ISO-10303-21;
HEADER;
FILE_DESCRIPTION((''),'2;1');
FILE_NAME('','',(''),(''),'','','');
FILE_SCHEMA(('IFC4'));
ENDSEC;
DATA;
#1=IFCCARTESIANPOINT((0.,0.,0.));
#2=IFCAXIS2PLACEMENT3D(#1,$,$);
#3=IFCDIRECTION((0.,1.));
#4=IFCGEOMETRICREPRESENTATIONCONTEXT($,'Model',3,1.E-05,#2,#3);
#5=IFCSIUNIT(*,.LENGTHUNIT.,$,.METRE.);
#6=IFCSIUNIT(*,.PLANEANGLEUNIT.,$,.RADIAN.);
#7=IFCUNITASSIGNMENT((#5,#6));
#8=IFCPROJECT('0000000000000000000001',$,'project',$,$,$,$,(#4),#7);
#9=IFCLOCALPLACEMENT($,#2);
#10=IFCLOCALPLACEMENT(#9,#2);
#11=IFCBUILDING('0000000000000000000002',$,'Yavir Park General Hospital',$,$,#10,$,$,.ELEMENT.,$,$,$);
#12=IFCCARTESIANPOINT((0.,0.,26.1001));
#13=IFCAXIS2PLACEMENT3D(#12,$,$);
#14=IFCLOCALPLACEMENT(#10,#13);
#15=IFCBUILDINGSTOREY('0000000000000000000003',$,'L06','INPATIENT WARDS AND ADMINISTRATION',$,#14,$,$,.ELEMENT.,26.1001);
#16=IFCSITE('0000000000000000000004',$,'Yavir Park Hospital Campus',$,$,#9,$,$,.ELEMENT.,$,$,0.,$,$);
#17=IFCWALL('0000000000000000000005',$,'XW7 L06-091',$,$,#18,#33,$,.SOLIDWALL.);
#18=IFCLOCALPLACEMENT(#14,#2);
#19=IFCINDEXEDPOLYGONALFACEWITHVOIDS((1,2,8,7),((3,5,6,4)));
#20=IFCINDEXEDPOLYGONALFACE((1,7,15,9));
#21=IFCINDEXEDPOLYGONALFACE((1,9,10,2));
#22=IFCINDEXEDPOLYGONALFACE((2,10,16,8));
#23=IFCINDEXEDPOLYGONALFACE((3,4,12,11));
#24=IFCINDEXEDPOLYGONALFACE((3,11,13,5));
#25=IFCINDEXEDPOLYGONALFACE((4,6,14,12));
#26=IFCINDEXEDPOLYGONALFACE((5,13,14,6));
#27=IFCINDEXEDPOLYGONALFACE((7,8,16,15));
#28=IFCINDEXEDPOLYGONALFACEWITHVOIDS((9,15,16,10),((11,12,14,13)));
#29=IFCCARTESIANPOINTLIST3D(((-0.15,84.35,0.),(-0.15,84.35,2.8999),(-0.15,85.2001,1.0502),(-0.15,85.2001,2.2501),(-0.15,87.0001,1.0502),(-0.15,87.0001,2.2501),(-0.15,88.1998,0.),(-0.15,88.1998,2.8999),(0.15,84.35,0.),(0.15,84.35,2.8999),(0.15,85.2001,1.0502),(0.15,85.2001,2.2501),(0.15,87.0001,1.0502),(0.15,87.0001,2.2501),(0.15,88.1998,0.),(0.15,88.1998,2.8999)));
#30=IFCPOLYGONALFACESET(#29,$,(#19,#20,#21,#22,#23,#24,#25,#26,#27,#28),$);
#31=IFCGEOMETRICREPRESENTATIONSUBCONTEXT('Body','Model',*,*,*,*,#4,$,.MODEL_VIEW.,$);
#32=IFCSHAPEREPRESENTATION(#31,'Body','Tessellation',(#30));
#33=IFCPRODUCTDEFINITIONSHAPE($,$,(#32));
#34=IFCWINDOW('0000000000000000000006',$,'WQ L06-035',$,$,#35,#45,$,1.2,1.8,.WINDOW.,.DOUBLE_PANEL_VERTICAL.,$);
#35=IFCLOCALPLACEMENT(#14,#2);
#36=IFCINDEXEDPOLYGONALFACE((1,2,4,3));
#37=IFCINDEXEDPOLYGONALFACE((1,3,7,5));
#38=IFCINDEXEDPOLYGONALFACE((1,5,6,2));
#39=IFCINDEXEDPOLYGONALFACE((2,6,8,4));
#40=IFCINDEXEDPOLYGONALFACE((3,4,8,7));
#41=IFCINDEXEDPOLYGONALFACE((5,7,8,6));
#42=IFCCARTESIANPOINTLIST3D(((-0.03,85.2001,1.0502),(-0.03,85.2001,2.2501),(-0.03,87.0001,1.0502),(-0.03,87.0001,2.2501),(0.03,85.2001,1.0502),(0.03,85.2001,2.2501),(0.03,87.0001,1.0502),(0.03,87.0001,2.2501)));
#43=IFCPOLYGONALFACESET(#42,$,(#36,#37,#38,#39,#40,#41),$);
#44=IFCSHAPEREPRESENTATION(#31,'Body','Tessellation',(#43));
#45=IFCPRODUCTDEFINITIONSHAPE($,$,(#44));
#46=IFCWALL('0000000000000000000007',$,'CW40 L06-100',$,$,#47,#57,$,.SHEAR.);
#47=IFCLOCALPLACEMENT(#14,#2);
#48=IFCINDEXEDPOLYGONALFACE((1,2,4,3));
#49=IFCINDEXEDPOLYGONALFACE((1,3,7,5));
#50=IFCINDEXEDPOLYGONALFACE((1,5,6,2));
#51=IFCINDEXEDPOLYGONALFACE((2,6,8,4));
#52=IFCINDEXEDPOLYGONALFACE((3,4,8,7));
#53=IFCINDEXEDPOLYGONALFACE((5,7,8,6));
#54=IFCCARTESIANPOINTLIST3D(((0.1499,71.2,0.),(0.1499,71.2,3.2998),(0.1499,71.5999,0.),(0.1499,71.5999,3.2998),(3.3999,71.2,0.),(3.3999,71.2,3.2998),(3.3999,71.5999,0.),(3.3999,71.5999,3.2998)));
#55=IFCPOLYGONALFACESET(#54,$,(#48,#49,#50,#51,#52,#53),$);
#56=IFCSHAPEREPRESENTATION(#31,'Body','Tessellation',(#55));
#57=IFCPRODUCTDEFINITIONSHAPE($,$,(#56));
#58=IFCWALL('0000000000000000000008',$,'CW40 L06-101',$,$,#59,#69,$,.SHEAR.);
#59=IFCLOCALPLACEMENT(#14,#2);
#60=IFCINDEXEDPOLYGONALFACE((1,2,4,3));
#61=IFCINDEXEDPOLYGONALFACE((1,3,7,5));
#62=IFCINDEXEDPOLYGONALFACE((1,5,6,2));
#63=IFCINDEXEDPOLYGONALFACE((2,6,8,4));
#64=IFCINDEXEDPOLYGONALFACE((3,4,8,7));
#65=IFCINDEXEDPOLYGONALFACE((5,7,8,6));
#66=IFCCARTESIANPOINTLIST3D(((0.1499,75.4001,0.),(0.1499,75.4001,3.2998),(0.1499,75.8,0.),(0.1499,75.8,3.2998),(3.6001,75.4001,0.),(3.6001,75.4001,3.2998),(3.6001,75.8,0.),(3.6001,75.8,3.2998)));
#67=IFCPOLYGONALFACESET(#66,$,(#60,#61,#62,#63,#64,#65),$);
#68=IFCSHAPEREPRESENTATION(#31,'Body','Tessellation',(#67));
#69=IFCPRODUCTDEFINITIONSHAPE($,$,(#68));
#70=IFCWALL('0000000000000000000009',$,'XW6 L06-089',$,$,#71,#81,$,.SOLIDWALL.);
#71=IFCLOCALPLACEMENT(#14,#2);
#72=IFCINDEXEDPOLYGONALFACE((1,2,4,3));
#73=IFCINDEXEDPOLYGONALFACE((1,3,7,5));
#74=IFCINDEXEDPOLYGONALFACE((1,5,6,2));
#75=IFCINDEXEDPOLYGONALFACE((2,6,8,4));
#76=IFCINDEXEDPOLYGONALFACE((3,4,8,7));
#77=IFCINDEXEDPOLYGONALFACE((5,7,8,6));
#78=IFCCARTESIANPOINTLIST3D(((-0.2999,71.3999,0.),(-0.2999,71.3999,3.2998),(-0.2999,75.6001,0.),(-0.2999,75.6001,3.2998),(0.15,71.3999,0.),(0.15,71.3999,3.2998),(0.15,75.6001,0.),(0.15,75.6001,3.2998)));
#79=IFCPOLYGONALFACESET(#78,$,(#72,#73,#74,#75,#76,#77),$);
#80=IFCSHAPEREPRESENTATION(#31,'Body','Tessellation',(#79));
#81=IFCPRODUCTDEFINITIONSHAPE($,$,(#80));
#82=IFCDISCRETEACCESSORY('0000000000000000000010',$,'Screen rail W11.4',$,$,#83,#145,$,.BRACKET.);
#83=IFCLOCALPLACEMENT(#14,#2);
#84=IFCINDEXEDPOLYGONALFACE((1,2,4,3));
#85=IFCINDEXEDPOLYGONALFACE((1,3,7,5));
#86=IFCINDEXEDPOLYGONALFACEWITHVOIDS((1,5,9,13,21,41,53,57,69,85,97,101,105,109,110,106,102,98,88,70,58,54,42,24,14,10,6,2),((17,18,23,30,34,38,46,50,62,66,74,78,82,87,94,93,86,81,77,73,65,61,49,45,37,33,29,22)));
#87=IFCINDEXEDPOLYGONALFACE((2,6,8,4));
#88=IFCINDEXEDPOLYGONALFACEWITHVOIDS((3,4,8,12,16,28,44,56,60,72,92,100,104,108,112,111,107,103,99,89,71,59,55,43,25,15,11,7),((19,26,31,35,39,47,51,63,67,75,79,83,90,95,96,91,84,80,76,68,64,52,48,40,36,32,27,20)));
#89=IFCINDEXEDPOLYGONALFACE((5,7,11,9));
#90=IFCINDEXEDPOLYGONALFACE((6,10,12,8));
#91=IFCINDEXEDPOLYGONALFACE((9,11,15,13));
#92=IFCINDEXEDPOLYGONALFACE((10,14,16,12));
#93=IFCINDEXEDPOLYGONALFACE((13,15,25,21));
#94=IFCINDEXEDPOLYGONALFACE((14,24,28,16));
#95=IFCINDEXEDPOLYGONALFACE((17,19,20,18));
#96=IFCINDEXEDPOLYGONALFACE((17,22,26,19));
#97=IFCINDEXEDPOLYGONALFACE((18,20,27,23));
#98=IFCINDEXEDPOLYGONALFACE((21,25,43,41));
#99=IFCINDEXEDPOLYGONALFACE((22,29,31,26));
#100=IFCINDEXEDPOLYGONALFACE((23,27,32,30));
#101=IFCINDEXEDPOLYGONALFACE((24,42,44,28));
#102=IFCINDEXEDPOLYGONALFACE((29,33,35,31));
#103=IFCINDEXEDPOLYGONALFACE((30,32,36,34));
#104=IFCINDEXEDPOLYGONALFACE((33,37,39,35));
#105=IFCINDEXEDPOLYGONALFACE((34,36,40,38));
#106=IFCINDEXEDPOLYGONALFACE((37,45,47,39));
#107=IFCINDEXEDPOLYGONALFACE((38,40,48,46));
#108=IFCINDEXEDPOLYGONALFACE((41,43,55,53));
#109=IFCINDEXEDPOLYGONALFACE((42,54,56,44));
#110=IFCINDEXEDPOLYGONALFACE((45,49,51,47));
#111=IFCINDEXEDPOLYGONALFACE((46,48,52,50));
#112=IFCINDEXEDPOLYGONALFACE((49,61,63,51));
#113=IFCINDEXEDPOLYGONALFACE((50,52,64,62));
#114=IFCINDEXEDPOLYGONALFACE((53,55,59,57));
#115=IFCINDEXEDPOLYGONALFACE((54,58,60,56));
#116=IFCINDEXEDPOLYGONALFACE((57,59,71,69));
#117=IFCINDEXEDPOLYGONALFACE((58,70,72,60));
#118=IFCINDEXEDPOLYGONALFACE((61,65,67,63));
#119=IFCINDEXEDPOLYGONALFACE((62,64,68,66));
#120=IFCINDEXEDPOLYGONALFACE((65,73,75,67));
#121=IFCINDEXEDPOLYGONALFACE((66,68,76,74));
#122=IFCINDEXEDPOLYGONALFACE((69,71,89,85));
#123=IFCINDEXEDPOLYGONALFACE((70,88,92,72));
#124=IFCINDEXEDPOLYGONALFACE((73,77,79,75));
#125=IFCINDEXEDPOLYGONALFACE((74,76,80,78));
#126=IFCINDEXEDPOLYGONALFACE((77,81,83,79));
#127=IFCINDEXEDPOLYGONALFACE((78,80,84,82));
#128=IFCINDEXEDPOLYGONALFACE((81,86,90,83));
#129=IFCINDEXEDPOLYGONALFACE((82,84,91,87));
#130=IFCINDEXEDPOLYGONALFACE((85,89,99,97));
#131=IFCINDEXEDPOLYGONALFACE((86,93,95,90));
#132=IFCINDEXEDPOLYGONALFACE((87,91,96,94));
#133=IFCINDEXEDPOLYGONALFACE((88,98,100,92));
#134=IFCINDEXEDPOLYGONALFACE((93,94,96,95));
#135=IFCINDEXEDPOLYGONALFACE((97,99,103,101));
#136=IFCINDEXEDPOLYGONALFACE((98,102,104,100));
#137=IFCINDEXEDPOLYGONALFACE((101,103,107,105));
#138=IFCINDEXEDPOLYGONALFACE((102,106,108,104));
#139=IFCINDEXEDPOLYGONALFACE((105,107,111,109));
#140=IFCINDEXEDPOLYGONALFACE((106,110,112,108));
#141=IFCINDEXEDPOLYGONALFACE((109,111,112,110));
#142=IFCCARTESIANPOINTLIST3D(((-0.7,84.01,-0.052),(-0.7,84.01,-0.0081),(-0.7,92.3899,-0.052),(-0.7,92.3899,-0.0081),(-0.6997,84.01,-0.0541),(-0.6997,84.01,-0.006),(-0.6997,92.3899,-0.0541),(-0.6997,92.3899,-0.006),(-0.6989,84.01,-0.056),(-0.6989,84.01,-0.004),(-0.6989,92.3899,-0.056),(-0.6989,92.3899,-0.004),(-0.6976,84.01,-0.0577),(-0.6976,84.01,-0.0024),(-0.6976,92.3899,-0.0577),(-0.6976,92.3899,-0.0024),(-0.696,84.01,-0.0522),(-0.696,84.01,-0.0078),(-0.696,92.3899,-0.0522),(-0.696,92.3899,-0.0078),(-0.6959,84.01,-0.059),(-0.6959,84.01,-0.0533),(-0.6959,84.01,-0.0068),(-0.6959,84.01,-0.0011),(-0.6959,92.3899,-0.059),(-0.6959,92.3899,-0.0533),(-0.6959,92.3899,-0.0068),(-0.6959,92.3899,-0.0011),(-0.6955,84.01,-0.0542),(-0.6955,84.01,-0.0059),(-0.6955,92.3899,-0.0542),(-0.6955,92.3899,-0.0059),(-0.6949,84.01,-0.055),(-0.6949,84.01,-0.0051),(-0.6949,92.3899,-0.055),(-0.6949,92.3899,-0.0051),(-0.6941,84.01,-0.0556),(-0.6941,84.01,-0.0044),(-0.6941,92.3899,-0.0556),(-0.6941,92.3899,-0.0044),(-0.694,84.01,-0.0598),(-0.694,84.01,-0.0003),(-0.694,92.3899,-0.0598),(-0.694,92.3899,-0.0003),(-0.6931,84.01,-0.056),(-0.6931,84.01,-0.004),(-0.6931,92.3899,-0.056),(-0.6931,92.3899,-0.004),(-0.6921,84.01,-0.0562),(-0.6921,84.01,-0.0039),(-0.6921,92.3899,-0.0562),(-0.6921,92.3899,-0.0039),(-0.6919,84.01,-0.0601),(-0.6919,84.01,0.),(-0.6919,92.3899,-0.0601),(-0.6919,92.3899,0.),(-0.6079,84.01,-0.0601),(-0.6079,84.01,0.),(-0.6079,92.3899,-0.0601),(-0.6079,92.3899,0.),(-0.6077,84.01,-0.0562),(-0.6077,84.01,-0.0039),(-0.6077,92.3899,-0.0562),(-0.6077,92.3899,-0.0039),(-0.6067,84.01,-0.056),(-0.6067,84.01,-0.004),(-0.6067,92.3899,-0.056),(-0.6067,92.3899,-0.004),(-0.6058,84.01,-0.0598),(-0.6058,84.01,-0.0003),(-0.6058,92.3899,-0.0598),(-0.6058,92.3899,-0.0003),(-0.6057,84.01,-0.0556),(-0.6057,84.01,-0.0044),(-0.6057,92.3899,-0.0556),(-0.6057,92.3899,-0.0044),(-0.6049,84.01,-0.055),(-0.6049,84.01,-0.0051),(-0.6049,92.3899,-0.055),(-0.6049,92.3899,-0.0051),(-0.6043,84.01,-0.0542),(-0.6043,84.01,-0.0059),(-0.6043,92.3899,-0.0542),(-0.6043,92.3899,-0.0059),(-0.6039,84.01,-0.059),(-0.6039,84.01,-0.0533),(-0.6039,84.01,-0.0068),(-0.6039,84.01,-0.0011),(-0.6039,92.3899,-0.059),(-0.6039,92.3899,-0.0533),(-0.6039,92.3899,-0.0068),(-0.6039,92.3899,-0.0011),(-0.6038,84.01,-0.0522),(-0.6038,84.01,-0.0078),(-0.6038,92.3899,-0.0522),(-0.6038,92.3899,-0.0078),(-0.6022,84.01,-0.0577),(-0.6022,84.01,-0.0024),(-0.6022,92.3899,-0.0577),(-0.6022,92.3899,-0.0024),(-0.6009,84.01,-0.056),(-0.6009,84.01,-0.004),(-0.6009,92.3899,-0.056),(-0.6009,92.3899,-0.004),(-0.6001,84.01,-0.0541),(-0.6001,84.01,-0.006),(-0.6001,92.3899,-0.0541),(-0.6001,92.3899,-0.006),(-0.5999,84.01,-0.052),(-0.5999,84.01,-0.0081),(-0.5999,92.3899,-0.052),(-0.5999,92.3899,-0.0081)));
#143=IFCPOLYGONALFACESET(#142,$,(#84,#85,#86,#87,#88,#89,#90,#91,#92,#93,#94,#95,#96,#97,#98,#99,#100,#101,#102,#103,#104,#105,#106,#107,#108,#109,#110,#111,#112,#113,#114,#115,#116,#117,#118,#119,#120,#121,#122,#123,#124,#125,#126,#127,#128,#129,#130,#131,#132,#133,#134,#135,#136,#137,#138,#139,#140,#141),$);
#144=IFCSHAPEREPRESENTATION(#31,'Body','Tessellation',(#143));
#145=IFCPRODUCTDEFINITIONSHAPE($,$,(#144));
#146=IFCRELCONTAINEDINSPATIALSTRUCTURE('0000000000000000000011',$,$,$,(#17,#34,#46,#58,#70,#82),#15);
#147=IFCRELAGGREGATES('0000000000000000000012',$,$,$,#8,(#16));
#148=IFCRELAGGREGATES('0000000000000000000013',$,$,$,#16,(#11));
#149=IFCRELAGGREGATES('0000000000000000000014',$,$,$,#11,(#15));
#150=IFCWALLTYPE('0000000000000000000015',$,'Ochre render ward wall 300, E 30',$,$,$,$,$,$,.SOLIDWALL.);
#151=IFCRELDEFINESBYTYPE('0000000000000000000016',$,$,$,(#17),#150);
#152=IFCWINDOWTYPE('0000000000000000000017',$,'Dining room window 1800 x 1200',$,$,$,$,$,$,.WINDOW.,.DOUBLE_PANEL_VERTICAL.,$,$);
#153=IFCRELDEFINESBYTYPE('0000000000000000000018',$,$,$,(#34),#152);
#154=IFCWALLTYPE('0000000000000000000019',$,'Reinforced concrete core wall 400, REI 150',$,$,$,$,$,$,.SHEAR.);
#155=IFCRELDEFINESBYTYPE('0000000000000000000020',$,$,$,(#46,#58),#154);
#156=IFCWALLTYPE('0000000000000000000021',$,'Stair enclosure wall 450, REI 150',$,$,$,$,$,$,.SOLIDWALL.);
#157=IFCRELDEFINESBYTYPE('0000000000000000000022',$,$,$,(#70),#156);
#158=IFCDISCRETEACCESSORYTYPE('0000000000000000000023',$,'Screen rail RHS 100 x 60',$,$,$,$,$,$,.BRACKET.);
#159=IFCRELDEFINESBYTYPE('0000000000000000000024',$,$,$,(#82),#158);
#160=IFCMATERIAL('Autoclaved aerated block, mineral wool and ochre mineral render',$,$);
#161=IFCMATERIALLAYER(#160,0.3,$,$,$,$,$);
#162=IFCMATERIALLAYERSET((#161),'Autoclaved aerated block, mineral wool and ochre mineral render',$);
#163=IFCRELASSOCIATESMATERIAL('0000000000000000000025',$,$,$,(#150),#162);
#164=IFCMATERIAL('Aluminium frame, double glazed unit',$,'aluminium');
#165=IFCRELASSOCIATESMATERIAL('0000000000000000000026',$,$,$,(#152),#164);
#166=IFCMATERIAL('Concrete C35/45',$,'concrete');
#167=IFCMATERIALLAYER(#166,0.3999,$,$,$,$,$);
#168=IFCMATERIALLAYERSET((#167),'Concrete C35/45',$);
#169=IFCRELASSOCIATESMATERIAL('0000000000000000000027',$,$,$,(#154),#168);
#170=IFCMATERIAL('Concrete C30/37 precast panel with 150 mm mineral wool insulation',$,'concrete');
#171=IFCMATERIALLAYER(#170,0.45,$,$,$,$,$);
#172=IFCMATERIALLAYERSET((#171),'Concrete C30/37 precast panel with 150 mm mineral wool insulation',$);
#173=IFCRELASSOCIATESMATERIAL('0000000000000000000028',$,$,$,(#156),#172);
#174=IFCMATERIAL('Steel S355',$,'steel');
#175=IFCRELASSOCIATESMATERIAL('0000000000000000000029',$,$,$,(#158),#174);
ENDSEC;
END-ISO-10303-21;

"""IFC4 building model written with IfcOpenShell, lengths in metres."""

from ifc_helpers import new_model, si_unit, direction, frame, frame_2d, origin, origin_2d, place, context, subcontext, project, spatial, rectangle, hollow_rectangle, extrude, material, layer, layer_set, material_profile, profile_set, type_object, element, fill, save


model = new_model("IFC4")

# Units and contexts
model_context = context("Model", 3, precision=1e-05, world=origin(), true_north=direction((0.0, 1.0)))
body_context = subcontext(model_context, "Body", "Model", "MODEL_VIEW")
ifc_project = project(units=[si_unit("LENGTHUNIT", "METRE"), si_unit("PLANEANGLEUNIT", "RADIAN")], contexts=[model_context])

# Site, building, storey
site_placement = place(None, origin())
site = spatial("IfcSite", under=ifc_project, at=site_placement, Name="Yavir Park Hospital Campus", CompositionType="ELEMENT", RefElevation=0.0)
building_placement = place(site_placement, origin())
building = spatial("IfcBuilding", under=site, at=building_placement, Name="Yavir Park General Hospital", CompositionType="ELEMENT")
storey_placement = place(building_placement, frame((0.0, 0.0, 26.1001)))
storey = spatial("IfcBuildingStorey", under=building, at=storey_placement, Name="L06", Description="INPATIENT WARDS AND ADMINISTRATION", CompositionType="ELEMENT", Elevation=26.1001)

# Shared definitions
ifc_material_1 = material(Name="Autoclaved aerated block, mineral wool and ochre mineral render")
ifc_layer_1 = layer(ifc_material_1, 0.3)
ifc_layer_set_1 = layer_set([ifc_layer_1], Name="Autoclaved aerated block, mineral wool and ochre mineral render")
wall_type_1 = type_object("IfcWallType", Name="Ochre render ward wall 300, E 30", PredefinedType="SOLIDWALL", material=ifc_layer_set_1)

# Wall, opening, window
wall_1_placement = place(storey_placement, frame((0.0, 84.3501, 0.0), z_axis=(0.0, 0.0, 1.0), x_axis=(0.0, 1.0, 0.0)))
wall_1 = element("IfcWall", 1, at=wall_1_placement, inside=storey, type_object=wall_type_1, Name="XW7 L06-091", PredefinedType="SOLIDWALL", context=body_context, shape_type="SweptSolid", body=[
    extrude(rectangle(XDim=3.8499, YDim=0.3, at=frame_2d((1.9248, 0.0))), origin(), (0.0, 0.0, 1.0), 2.8999),
])
opening_1_placement = place(wall_1_placement, frame((0.8501, 0.0, 1.05)))
opening_1 = element("IfcOpeningElement", 2, at=opening_1_placement, cuts=wall_1, PredefinedType="OPENING", context=body_context, shape_type="SweptSolid", body=[
    extrude(rectangle(XDim=1.8, YDim=1.2, at=frame_2d((0.8999, 0.6001))), frame((0.0, 0.1599, 0.0), z_axis=(0.0, -1.0, 0.0), x_axis=(1.0, 0.0, 0.0)), (0.0, 0.0, 1.0), 0.3201),
])
ifc_material_2 = material(Name="Aluminium frame, double glazed unit", Category="aluminium")
window_type_1 = type_object("IfcWindowType", Name="Dining room window 1800 x 1200", PartitioningType="DOUBLE_PANEL_VERTICAL", PredefinedType="WINDOW", material=ifc_material_2)
window_1_placement = place(opening_1_placement, origin())
window_1 = element("IfcWindow", 3, at=window_1_placement, inside=storey, type_object=window_type_1, Name="WQ L06-035", OverallHeight=1.2, OverallWidth=1.8, PartitioningType="DOUBLE_PANEL_VERTICAL", PredefinedType="WINDOW", context=body_context, shape_type="SweptSolid", body=[
    extrude(rectangle(XDim=1.8, YDim=1.2, at=frame_2d((0.8999, 0.6001))), frame((0.0, 0.03, 0.0), z_axis=(0.0, -1.0, 0.0), x_axis=(1.0, 0.0, 0.0)), (0.0, 0.0, 1.0), 0.0601),
])
fill(opening_1, window_1)

# Walls
ifc_material_3 = material(Name="Concrete C35/45", Category="concrete")
ifc_layer_2 = layer(ifc_material_3, 0.3999)
ifc_layer_set_2 = layer_set([ifc_layer_2], Name="Concrete C35/45")
wall_type_2 = type_object("IfcWallType", Name="Reinforced concrete core wall 400, REI 150", PredefinedType="SHEAR", material=ifc_layer_set_2)
wall_2_placement = place(storey_placement, frame((0.1499, 71.3999, 0.0), z_axis=(0.0, 0.0, 1.0), x_axis=(1.0, 0.0, 0.0)))
element("IfcWall", 4, at=wall_2_placement, inside=storey, type_object=wall_type_2, Name="CW40 L06-100", PredefinedType="SHEAR", context=body_context, shape_type="SweptSolid", body=[
    extrude(rectangle(XDim=3.25, YDim=0.3999, at=frame_2d((1.625, 0.0))), origin(), (0.0, 0.0, 1.0), 3.2998),
])
wall_3_placement = place(storey_placement, frame((0.1499, 75.6001, 0.0), z_axis=(0.0, 0.0, 1.0), x_axis=(1.0, 0.0, 0.0)))
element("IfcWall", 5, at=wall_3_placement, inside=storey, type_object=wall_type_2, Name="CW40 L06-101", PredefinedType="SHEAR", context=body_context, shape_type="SweptSolid", body=[
    extrude(rectangle(XDim=3.4502, YDim=0.3999, at=frame_2d((1.7251, 0.0))), origin(), (0.0, 0.0, 1.0), 3.2998),
])
ifc_material_4 = material(Name="Concrete C30/37 precast panel with 150 mm mineral wool insulation", Category="concrete")
ifc_layer_3 = layer(ifc_material_4, 0.45)
ifc_layer_set_3 = layer_set([ifc_layer_3], Name="Concrete C30/37 precast panel with 150 mm mineral wool insulation")
wall_type_3 = type_object("IfcWallType", Name="Stair enclosure wall 450, REI 150", PredefinedType="SOLIDWALL", material=ifc_layer_set_3)
wall_4_placement = place(storey_placement, frame((-0.075, 71.3999, 0.0), z_axis=(0.0, 0.0, 1.0), x_axis=(0.0, 1.0, 0.0)))
element("IfcWall", 6, at=wall_4_placement, inside=storey, type_object=wall_type_3, Name="XW6 L06-089", PredefinedType="SOLIDWALL", context=body_context, shape_type="SweptSolid", body=[
    extrude(rectangle(XDim=4.2002, YDim=0.45, at=frame_2d((2.1001, 0.0))), origin(), (0.0, 0.0, 1.0), 3.2998),
])

# Discrete accessory
ifc_material_5 = material(Name="Steel S355", Category="steel")
ifc_material_profile_1 = material_profile(ifc_material_5, hollow_rectangle(XDim=0.1001, YDim=0.0601, WallThickness=0.0039, InnerFilletRadius=0.0039, OuterFilletRadius=0.0081, at=origin_2d()), Name="RHS60x100x4")
ifc_profile_set_1 = profile_set([ifc_material_profile_1], Name="Steel S355")
discrete_accessory_type = type_object("IfcDiscreteAccessoryType", Name="Screen rail RHS 100 x 60", PredefinedType="BRACKET", material=ifc_profile_set_1)
discrete_accessory_placement = place(storey_placement, frame((-0.6499, 84.01, -0.03), z_axis=(0.0, 1.0, 0.0), x_axis=(-1.0, 0.0, 0.0)))
element("IfcDiscreteAccessory", 7, at=discrete_accessory_placement, inside=storey, type_object=discrete_accessory_type, Name="Screen rail W11.4", PredefinedType="BRACKET", context=body_context, shape_type="SweptSolid", body=[
    extrude(hollow_rectangle(XDim=0.1001, YDim=0.0601, WallThickness=0.0039, InnerFilletRadius=0.0039, OuterFilletRadius=0.0081, at=origin_2d()), origin(), (0.0, 0.0, 1.0), 8.3799),
])

save(model, "model.ifc")
